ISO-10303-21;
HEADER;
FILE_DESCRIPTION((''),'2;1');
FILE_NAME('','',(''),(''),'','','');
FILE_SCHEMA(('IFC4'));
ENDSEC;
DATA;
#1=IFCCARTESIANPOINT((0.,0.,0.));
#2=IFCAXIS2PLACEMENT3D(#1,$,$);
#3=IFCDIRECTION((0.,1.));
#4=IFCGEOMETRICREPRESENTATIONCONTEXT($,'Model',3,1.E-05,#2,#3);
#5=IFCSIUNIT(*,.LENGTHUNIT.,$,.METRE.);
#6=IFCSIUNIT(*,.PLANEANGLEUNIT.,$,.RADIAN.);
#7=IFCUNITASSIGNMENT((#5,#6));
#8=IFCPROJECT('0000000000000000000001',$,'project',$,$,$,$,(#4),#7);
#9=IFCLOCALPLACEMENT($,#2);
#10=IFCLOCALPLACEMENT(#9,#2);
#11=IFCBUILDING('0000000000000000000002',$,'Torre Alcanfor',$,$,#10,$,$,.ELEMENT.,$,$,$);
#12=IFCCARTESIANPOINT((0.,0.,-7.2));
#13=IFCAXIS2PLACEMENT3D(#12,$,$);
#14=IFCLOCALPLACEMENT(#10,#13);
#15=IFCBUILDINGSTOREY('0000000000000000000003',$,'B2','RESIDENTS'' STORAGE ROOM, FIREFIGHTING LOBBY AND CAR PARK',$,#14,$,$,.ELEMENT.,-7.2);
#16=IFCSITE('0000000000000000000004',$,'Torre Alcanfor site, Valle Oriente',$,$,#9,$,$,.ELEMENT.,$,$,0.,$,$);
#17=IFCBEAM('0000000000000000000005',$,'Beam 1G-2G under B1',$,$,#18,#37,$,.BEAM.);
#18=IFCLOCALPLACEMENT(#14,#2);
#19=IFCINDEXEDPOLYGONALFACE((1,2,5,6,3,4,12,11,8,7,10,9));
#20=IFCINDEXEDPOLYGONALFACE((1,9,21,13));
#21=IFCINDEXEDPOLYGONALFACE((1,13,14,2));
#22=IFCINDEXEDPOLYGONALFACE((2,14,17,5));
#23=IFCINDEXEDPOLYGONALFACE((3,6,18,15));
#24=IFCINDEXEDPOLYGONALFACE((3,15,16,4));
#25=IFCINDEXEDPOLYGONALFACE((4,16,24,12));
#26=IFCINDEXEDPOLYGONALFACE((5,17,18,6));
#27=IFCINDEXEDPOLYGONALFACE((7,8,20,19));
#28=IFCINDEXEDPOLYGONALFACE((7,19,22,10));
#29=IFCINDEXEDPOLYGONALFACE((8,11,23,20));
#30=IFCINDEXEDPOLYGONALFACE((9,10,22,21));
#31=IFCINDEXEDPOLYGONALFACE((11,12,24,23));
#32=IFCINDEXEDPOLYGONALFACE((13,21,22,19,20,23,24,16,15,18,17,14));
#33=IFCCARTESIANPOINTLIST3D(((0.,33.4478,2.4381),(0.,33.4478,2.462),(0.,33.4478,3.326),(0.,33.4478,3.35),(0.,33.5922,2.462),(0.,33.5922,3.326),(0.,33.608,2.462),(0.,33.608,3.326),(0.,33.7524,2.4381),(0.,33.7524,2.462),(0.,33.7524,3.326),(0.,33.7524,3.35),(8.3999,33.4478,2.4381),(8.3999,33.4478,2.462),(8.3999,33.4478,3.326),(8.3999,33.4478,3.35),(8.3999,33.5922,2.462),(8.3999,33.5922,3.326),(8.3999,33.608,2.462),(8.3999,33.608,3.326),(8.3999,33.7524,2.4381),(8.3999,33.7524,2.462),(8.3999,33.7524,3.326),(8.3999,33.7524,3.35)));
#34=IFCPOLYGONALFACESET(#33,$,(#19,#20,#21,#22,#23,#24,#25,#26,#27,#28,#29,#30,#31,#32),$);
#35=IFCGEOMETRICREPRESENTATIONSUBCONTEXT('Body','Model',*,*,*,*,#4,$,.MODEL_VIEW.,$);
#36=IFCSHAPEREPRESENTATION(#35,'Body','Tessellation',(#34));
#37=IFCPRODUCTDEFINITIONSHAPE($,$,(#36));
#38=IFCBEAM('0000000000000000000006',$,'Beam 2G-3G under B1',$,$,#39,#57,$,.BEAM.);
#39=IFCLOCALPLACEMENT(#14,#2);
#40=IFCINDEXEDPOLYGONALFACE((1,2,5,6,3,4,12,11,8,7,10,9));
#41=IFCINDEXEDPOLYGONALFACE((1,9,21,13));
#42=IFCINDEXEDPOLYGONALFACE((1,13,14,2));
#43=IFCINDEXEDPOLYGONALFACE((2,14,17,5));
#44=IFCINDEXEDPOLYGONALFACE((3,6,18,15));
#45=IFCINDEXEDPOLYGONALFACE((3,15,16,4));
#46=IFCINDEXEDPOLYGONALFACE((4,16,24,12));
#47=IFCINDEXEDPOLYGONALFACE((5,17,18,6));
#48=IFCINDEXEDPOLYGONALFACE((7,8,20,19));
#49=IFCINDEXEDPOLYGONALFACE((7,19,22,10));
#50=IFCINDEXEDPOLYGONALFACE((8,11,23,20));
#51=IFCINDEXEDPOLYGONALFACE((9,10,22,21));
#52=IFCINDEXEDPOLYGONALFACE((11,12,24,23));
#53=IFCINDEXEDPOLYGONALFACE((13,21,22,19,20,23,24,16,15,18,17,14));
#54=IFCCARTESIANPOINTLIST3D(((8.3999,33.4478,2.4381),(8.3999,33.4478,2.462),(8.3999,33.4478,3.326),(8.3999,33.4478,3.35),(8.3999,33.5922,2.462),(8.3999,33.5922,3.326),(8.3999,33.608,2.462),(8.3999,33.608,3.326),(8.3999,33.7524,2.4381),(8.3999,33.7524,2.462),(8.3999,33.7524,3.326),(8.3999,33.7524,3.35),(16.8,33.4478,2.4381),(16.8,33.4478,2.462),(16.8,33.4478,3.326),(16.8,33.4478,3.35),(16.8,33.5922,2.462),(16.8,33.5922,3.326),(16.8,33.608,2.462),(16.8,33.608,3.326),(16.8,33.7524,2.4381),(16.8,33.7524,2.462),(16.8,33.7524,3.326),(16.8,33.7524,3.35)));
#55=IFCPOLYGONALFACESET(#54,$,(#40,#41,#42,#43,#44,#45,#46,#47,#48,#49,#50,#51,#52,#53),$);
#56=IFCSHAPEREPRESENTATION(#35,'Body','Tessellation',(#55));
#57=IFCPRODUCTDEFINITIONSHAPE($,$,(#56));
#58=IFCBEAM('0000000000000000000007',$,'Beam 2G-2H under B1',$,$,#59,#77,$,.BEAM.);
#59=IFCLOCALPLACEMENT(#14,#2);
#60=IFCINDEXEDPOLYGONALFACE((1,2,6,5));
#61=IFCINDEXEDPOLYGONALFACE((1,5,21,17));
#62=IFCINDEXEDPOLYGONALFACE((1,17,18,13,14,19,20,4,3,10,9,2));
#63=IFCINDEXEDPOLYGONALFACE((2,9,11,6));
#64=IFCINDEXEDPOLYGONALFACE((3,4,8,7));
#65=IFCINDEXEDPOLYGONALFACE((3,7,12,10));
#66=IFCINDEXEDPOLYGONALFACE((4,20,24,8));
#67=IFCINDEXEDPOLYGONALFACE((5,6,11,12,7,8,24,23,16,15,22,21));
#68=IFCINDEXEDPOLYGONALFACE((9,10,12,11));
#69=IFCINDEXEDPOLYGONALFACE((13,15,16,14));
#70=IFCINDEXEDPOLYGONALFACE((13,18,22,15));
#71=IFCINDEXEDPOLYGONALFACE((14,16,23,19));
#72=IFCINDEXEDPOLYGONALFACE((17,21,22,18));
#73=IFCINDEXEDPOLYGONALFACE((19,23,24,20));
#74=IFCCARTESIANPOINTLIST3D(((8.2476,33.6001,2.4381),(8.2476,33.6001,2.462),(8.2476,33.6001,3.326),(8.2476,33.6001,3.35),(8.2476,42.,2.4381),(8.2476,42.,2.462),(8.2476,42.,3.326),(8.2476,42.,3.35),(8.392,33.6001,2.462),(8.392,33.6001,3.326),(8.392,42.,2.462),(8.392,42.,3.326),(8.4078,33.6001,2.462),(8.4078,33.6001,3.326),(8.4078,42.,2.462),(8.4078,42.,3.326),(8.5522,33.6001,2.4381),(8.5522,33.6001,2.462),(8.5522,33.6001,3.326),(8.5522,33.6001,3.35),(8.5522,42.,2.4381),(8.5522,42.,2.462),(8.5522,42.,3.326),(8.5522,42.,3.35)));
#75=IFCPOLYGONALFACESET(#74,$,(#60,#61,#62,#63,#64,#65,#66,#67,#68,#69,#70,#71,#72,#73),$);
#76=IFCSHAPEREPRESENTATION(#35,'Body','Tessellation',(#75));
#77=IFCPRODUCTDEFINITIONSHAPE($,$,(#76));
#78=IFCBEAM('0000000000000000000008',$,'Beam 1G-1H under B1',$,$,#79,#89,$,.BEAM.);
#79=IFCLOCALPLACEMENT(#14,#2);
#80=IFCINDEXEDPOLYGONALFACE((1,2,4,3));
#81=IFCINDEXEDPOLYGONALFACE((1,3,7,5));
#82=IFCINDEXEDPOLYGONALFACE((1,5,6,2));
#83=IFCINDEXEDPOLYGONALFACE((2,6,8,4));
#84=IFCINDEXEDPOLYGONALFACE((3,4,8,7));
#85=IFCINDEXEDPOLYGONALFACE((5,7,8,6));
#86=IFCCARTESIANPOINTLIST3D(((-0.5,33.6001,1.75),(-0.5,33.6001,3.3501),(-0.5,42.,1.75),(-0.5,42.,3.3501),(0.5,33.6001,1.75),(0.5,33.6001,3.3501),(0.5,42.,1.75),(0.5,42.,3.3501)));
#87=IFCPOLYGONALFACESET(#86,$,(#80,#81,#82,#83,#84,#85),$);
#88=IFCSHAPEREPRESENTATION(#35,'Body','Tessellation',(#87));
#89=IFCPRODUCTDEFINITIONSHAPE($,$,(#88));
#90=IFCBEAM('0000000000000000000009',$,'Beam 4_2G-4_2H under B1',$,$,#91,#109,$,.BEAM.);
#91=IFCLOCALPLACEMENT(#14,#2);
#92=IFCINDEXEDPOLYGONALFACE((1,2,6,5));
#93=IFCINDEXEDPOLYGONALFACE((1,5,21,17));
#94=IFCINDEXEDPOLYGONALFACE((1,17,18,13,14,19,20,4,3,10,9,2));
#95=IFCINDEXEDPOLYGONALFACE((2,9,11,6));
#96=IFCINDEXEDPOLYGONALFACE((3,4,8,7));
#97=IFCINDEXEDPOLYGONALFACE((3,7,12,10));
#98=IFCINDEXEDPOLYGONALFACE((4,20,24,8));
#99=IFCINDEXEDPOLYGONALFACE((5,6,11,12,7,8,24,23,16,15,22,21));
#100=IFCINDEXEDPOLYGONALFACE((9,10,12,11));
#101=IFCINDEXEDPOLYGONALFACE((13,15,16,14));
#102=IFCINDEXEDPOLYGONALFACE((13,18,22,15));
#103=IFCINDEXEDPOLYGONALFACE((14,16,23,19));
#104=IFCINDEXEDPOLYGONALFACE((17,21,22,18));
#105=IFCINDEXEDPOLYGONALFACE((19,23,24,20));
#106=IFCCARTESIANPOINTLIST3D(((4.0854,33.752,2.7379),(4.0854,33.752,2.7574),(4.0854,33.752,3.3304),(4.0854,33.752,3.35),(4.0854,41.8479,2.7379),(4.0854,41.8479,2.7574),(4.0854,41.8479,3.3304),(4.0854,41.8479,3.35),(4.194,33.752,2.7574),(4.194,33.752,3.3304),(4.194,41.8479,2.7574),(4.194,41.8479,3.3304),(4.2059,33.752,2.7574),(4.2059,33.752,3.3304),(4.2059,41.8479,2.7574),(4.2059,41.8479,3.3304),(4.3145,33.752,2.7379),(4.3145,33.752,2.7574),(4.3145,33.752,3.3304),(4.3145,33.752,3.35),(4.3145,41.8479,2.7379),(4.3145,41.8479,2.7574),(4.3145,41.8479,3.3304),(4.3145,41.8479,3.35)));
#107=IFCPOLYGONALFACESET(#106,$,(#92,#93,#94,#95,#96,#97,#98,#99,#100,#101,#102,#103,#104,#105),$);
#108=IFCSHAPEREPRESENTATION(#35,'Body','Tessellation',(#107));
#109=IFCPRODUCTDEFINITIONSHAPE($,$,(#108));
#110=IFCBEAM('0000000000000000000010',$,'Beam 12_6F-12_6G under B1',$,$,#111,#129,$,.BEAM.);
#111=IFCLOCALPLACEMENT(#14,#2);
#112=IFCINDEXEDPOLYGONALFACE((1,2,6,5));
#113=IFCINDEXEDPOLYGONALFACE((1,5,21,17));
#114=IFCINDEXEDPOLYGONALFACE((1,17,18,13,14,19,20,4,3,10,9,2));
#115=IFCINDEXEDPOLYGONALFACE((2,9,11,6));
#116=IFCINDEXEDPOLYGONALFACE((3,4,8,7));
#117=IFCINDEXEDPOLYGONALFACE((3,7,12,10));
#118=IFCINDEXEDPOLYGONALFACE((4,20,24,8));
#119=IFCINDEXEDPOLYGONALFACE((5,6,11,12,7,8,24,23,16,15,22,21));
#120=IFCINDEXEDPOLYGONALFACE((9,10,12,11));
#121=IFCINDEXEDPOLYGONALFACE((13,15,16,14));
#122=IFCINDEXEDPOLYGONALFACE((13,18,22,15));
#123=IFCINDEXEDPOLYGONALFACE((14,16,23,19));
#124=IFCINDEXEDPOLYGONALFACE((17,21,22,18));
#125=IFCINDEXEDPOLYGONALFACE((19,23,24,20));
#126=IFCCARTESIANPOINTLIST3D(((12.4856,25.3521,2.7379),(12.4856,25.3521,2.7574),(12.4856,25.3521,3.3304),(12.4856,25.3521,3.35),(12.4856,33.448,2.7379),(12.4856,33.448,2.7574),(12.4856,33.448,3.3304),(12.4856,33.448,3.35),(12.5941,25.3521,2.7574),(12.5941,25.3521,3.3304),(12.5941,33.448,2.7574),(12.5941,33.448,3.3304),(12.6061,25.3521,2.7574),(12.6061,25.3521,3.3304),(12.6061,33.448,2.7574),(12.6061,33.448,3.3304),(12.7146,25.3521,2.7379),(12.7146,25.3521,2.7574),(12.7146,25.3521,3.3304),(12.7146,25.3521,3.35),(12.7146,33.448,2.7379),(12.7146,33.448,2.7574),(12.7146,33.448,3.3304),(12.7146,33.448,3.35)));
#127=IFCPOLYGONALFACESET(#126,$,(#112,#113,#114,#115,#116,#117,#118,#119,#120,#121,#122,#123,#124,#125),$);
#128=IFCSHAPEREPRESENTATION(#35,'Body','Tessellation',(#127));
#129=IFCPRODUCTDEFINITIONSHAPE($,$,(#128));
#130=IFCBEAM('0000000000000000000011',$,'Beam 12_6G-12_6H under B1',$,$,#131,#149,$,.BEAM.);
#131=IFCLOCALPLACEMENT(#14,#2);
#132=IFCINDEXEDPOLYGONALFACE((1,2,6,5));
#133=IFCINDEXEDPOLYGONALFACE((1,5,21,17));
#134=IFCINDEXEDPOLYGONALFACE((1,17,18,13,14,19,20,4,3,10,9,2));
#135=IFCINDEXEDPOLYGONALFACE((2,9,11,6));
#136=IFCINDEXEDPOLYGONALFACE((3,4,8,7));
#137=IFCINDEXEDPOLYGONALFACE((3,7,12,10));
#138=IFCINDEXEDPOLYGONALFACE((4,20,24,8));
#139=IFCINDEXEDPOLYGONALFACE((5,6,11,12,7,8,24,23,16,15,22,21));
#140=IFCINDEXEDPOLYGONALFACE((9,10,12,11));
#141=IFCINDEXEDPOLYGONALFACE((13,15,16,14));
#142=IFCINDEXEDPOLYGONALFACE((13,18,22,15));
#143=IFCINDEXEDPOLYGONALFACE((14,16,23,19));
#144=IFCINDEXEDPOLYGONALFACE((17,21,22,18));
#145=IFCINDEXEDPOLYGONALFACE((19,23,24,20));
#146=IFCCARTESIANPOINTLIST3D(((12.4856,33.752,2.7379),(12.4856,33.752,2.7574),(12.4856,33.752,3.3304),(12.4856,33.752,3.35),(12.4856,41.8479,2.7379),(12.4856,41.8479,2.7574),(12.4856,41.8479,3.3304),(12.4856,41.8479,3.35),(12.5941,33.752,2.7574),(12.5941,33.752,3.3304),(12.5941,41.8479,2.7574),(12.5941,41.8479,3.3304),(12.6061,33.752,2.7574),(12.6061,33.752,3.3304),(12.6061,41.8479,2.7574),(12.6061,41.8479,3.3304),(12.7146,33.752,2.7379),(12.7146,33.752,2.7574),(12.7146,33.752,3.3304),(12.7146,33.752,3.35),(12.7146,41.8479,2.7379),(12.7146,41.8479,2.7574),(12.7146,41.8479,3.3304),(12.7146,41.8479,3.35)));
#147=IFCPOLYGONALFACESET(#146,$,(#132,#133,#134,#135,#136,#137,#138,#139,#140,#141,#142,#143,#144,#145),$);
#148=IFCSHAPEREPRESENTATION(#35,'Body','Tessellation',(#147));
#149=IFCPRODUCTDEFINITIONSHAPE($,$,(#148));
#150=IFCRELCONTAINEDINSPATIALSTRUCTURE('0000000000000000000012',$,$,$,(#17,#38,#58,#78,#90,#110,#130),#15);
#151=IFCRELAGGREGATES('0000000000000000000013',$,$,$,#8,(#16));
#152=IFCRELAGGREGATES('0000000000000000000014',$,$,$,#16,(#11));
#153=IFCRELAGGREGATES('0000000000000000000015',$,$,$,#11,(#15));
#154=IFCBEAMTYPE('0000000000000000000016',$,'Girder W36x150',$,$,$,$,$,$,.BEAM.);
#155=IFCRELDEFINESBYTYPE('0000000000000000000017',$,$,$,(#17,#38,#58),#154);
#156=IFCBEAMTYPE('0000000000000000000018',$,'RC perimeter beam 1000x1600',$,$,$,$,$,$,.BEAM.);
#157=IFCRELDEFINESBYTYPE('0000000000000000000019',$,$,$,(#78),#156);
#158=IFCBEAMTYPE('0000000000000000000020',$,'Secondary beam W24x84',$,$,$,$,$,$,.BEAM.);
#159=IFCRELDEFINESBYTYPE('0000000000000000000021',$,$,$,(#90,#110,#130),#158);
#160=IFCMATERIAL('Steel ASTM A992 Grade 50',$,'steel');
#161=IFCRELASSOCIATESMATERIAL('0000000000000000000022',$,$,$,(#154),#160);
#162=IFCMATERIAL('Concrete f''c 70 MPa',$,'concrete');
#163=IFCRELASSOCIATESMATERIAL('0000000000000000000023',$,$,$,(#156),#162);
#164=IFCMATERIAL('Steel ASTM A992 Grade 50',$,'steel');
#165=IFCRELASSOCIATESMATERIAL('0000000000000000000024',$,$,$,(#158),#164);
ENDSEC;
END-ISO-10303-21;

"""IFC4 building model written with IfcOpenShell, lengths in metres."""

from ifc_helpers import new_model, si_unit, direction, frame, origin, origin_2d, place, context, subcontext, project, spatial, rectangle, i_section, extrude, material, material_profile, profile_set, type_object, element, save


model = new_model("IFC4")

# Units and contexts
model_context = context("Model", 3, precision=1e-05, world=origin(), true_north=direction((0.0, 1.0)))
body_context = subcontext(model_context, "Body", "Model", "MODEL_VIEW")
ifc_project = project(units=[si_unit("LENGTHUNIT", "METRE"), si_unit("PLANEANGLEUNIT", "RADIAN")], contexts=[model_context])

# Site, building, storey
site_placement = place(None, origin())
site = spatial("IfcSite", under=ifc_project, at=site_placement, Name="Torre Alcanfor site, Valle Oriente", CompositionType="ELEMENT", RefElevation=0.0)
building_placement = place(site_placement, origin())
building = spatial("IfcBuilding", under=site, at=building_placement, Name="Torre Alcanfor", CompositionType="ELEMENT")
storey_placement = place(building_placement, frame((0.0, 0.0, -7.2)))
storey = spatial("IfcBuildingStorey", under=building, at=storey_placement, Name="B2", Description="RESIDENTS' STORAGE ROOM, FIREFIGHTING LOBBY AND CAR PARK", CompositionType="ELEMENT", Elevation=-7.2)

# Beams
ifc_material_1 = material(Name="Steel ASTM A992 Grade 50", Category="steel")
ifc_material_profile_1 = material_profile(ifc_material_1, i_section(OverallWidth=0.3047, OverallDepth=0.9119, WebThickness=0.0159, FlangeThickness=0.0239, at=origin_2d()), Name="W36x150")
ifc_profile_set_1 = profile_set([ifc_material_profile_1], Name="Steel ASTM A992 Grade 50")
beam_type_1 = type_object("IfcBeamType", Name="Girder W36x150", PredefinedType="BEAM", material=ifc_profile_set_1)
beam_1_placement = place(storey_placement, frame((0.0, 33.6001, 2.894), z_axis=(1.0, 0.0, 0.0), x_axis=(0.0, 1.0, 0.0)))
element("IfcBeam", 1, at=beam_1_placement, inside=storey, type_object=beam_type_1, Name="Beam 1G-2G under B1", PredefinedType="BEAM", context=body_context, shape_type="SweptSolid", body=[
    extrude(i_section(OverallWidth=0.3047, OverallDepth=0.9119, WebThickness=0.0159, FlangeThickness=0.0239, at=origin_2d()), origin(), (0.0, 0.0, 1.0), 8.3999),
])
beam_2_placement = place(storey_placement, frame((8.3999, 33.6001, 2.894), z_axis=(1.0, 0.0, 0.0), x_axis=(0.0, 1.0, 0.0)))
element("IfcBeam", 2, at=beam_2_placement, inside=storey, type_object=beam_type_1, Name="Beam 2G-3G under B1", PredefinedType="BEAM", context=body_context, shape_type="SweptSolid", body=[
    extrude(i_section(OverallWidth=0.3047, OverallDepth=0.9119, WebThickness=0.0159, FlangeThickness=0.0239, at=origin_2d()), origin(), (0.0, 0.0, 1.0), 8.4001),
])
beam_3_placement = place(storey_placement, frame((8.3999, 33.6001, 2.894), z_axis=(0.0, 1.0, 0.0), x_axis=(-1.0, 0.0, 0.0)))
element("IfcBeam", 3, at=beam_3_placement, inside=storey, type_object=beam_type_1, Name="Beam 2G-2H under B1", PredefinedType="BEAM", context=body_context, shape_type="SweptSolid", body=[
    extrude(i_section(OverallWidth=0.3047, OverallDepth=0.9119, WebThickness=0.0159, FlangeThickness=0.0239, at=origin_2d()), origin(), (0.0, 0.0, 1.0), 8.3999),
])
ifc_material_2 = material(Name="Concrete f'c 70 MPa", Category="concrete")
ifc_material_profile_2 = material_profile(ifc_material_2, rectangle(XDim=1.0, YDim=1.6001, at=origin_2d()), Name="1000x1600")
ifc_profile_set_2 = profile_set([ifc_material_profile_2], Name="Concrete f'c 70 MPa")
beam_type_2 = type_object("IfcBeamType", Name="RC perimeter beam 1000x1600", PredefinedType="BEAM", material=ifc_profile_set_2)
beam_4_placement = place(storey_placement, frame((0.0, 33.6001, 2.55), z_axis=(0.0, 1.0, 0.0), x_axis=(-1.0, 0.0, 0.0)))
element("IfcBeam", 4, at=beam_4_placement, inside=storey, type_object=beam_type_2, Name="Beam 1G-1H under B1", PredefinedType="BEAM", context=body_context, shape_type="SweptSolid", body=[
    extrude(rectangle(XDim=1.0, YDim=1.6001, at=origin_2d()), origin(), (0.0, 0.0, 1.0), 8.3999),
])
ifc_material_3 = material(Name="Steel ASTM A992 Grade 50", Category="steel")
ifc_material_profile_3 = material_profile(ifc_material_3, i_section(OverallWidth=0.229, OverallDepth=0.6121, WebThickness=0.012, FlangeThickness=0.0195, at=origin_2d()), Name="W24x84")
ifc_profile_set_3 = profile_set([ifc_material_profile_3], Name="Steel ASTM A992 Grade 50")
beam_type_3 = type_object("IfcBeamType", Name="Secondary beam W24x84", PredefinedType="BEAM", material=ifc_profile_set_3)
for number, where, z_axis, x_axis, name in (
    (5, (4.2, 33.752, 3.0439), (0.0, 1.0, 0.0), (-1.0, 0.0, 0.0), "Beam 4_2G-4_2H under B1"),
    (6, (12.6001, 25.3521, 3.0439), (0.0, 1.0, 0.0), (-1.0, 0.0, 0.0), "Beam 12_6F-12_6G under B1"),
    (7, (12.6001, 33.752, 3.0439), (0.0, 1.0, 0.0), (-1.0, 0.0, 0.0), "Beam 12_6G-12_6H under B1"),
):
    element("IfcBeam", number, at=place(storey_placement, frame(where, z_axis=z_axis, x_axis=x_axis)), inside=storey, type_object=beam_type_3, Name=name, PredefinedType="BEAM", context=body_context, shape_type="SweptSolid", body=[
        extrude(i_section(OverallWidth=0.229, OverallDepth=0.6121, WebThickness=0.012, FlangeThickness=0.0195, at=origin_2d()), origin(), (0.0, 0.0, 1.0), 8.0959),
    ])

save(model, "model.ifc")
